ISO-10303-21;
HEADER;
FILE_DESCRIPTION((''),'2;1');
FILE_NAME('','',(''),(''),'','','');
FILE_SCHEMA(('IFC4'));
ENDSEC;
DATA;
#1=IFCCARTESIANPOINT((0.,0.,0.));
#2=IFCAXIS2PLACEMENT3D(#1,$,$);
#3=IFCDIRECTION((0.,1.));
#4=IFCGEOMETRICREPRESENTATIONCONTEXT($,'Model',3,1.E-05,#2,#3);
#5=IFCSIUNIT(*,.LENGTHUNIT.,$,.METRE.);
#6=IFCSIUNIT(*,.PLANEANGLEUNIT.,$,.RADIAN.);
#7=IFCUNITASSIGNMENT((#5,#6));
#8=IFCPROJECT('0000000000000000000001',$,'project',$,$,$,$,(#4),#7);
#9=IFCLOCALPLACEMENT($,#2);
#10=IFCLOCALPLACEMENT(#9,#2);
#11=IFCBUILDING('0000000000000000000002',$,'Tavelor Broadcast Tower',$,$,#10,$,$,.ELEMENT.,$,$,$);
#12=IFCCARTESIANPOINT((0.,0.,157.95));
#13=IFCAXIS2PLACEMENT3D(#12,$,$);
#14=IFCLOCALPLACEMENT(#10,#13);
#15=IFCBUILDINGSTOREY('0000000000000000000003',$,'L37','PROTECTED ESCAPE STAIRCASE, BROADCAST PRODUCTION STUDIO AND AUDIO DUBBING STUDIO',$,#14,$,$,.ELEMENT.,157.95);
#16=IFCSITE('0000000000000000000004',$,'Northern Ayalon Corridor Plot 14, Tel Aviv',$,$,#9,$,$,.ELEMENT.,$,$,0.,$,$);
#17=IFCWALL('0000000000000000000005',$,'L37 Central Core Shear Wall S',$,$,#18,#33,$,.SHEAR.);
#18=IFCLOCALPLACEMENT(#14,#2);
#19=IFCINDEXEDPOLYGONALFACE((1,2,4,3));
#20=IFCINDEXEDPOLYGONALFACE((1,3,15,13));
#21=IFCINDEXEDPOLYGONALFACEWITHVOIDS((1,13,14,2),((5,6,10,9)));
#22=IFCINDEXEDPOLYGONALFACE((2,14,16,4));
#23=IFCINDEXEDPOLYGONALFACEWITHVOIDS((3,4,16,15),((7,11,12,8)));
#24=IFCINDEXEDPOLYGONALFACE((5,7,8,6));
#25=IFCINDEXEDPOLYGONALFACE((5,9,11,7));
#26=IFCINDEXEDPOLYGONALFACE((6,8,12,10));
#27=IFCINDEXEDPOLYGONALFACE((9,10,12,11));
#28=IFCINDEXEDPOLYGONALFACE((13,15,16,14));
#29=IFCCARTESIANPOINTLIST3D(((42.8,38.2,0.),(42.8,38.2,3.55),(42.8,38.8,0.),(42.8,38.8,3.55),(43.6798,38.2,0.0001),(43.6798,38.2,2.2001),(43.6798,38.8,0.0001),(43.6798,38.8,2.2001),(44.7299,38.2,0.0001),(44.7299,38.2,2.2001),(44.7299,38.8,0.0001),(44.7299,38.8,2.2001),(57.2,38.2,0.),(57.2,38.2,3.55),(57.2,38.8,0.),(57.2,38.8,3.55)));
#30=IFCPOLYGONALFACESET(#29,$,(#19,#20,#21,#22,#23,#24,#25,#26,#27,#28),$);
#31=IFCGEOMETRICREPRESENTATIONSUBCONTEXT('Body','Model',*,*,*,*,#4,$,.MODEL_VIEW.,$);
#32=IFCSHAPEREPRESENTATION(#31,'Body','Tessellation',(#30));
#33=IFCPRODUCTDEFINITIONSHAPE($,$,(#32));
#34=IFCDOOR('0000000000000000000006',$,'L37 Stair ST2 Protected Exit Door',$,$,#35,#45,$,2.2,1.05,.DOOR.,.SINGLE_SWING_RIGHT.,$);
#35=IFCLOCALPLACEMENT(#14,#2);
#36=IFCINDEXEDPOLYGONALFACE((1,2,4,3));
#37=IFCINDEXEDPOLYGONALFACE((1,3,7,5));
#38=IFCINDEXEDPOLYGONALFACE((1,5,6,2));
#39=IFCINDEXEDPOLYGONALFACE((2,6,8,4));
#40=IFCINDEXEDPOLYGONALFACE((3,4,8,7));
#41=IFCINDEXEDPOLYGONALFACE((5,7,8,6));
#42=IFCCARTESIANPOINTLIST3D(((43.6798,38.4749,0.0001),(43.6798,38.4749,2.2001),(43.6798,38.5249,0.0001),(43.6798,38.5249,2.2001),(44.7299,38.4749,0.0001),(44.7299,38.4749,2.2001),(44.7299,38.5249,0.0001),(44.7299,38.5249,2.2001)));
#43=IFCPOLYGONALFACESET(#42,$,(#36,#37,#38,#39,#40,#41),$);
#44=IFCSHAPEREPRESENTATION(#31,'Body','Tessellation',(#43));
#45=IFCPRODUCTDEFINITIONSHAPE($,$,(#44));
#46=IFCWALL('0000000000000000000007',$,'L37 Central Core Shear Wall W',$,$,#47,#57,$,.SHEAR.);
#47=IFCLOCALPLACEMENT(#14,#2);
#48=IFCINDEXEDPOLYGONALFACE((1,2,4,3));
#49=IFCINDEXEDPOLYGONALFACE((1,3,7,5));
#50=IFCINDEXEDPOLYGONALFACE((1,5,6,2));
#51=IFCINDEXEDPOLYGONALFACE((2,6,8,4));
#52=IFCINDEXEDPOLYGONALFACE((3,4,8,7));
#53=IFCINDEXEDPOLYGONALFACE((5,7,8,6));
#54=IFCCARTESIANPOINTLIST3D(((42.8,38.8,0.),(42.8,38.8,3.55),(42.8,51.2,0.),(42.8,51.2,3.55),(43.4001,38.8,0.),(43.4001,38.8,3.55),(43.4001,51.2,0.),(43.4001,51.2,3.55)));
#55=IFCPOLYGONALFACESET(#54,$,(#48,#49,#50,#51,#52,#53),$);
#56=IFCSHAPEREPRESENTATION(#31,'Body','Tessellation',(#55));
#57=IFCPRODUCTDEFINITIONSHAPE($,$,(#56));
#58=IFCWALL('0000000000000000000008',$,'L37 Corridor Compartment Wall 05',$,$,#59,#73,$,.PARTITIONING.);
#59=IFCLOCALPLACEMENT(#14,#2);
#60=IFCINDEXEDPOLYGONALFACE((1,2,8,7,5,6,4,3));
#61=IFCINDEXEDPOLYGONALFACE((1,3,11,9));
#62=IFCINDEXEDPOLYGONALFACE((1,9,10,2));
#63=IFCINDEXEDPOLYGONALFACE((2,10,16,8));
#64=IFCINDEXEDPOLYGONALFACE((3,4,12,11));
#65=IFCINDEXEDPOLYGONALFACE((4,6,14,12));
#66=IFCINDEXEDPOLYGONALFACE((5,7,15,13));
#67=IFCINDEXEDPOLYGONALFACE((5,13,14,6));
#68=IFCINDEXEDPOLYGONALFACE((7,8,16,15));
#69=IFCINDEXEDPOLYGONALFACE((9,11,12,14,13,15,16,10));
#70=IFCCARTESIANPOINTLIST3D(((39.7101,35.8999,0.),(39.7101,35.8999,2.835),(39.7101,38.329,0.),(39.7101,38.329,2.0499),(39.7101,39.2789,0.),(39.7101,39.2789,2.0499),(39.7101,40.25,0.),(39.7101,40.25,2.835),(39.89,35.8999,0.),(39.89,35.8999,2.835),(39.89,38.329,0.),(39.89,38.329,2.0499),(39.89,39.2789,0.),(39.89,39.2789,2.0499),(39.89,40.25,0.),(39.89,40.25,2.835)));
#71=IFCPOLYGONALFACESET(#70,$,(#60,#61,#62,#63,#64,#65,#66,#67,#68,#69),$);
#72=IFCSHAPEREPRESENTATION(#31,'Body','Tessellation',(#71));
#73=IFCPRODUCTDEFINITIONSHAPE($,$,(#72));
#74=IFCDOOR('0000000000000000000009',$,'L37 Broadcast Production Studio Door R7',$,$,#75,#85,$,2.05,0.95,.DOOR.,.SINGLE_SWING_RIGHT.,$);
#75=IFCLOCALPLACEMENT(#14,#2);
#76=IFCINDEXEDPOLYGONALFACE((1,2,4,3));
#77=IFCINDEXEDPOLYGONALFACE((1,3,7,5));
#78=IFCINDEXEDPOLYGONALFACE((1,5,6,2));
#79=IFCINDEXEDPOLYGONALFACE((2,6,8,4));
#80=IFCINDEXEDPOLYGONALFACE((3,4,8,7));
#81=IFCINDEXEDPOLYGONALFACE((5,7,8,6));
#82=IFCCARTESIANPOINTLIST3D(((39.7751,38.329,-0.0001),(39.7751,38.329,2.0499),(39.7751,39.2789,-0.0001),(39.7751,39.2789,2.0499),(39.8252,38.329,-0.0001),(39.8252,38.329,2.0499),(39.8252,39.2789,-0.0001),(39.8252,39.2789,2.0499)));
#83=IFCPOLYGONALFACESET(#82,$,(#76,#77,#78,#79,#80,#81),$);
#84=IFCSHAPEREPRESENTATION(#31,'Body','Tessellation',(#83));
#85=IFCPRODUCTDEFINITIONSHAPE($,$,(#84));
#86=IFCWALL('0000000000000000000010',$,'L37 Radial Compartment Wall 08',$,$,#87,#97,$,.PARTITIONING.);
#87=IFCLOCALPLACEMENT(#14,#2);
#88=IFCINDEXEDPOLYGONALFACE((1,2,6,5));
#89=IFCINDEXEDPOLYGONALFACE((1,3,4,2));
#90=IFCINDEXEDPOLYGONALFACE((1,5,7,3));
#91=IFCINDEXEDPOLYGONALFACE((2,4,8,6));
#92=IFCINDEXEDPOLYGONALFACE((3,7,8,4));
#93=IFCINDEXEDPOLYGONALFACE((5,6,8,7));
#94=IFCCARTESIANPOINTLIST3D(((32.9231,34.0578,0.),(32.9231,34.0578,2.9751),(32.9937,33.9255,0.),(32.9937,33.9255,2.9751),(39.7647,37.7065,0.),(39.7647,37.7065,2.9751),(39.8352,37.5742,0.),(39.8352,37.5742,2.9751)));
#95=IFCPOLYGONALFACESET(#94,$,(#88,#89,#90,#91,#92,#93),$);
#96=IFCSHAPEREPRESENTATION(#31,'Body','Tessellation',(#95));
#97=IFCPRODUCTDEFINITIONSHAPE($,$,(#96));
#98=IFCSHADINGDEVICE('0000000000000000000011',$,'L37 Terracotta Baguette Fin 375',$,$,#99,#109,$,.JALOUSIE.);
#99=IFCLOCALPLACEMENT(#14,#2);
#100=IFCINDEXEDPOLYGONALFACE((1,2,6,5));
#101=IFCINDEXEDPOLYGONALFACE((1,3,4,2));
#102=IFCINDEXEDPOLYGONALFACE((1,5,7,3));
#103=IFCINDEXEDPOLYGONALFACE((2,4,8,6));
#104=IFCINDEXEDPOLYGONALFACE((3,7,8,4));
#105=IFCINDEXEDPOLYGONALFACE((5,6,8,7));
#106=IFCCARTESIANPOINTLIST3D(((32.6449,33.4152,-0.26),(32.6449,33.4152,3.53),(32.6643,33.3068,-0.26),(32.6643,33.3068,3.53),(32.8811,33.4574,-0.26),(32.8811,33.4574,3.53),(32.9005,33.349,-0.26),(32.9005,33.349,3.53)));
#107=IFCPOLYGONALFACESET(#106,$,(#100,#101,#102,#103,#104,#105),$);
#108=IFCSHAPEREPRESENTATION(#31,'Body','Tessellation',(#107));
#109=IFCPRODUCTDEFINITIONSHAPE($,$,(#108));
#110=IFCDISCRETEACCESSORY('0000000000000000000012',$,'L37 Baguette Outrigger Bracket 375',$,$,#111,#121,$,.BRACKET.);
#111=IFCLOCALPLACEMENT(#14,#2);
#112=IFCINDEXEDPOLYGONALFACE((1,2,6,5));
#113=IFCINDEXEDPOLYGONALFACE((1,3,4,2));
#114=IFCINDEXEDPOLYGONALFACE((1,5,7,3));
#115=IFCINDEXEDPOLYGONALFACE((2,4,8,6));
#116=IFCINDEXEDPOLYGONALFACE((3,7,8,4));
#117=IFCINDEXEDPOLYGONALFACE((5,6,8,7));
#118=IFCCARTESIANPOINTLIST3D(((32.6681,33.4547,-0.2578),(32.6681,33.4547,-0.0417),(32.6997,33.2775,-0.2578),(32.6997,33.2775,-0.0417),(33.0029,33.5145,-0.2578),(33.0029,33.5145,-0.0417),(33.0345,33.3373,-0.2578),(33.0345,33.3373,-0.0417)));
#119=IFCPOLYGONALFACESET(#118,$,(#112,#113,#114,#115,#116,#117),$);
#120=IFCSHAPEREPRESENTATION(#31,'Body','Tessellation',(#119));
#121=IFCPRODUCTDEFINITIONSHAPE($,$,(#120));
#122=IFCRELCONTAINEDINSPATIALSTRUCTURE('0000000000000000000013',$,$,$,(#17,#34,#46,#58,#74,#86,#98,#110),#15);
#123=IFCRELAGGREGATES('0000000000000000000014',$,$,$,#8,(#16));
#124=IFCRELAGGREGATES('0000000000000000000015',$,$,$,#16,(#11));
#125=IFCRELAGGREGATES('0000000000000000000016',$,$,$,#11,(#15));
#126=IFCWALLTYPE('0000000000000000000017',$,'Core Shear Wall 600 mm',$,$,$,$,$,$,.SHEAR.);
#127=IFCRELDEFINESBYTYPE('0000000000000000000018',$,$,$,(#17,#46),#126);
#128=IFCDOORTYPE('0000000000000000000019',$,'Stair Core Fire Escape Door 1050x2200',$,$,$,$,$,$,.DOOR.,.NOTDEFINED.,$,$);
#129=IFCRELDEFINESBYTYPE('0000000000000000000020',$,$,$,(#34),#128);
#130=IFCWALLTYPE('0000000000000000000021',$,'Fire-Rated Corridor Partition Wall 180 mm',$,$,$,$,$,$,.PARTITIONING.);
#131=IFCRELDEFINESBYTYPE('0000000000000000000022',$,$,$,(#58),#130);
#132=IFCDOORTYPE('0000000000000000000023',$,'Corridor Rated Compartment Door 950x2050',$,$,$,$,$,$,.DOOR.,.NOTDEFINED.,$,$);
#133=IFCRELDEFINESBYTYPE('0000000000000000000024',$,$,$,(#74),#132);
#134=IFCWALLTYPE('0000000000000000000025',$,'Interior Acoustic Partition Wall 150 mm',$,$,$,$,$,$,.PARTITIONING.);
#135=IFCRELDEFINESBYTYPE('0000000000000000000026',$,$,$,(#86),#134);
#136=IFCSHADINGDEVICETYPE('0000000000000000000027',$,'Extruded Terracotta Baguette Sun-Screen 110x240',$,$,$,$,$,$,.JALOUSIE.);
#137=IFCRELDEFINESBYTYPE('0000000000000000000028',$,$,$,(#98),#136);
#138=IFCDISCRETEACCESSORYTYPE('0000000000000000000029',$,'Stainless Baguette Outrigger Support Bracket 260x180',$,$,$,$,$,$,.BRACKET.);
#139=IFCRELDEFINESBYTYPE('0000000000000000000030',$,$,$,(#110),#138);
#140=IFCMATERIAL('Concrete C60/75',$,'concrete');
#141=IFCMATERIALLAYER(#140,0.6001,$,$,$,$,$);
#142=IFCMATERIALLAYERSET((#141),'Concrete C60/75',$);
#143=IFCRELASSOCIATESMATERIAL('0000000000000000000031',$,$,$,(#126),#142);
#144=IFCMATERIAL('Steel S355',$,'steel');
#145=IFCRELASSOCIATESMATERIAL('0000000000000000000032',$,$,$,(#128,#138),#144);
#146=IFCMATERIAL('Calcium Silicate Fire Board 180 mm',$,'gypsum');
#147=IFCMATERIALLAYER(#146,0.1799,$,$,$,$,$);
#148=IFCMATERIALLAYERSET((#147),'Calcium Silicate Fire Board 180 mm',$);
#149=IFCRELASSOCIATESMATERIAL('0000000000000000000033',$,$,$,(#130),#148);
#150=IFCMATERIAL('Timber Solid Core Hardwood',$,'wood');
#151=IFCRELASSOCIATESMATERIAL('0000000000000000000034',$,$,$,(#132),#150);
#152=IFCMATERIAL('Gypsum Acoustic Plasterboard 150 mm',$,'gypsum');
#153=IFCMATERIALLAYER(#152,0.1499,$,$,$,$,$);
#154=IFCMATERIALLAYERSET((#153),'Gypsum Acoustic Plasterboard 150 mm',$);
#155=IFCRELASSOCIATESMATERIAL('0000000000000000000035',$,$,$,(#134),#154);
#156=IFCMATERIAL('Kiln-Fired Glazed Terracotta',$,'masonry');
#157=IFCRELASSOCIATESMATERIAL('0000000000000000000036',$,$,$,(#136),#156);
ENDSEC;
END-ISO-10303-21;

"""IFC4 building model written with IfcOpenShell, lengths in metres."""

from ifc_helpers import new_model, si_unit, direction, frame, frame_2d, origin, origin_2d, place, context, subcontext, project, spatial, rectangle, extrude, source, transform, mapped, material, layer, layer_set, type_object, type_shapes, element, fill, save


model = new_model("IFC4")

# Units and contexts
model_context = context("Model", 3, precision=1e-05, world=origin(), true_north=direction((0.0, 1.0)))
body_context = subcontext(model_context, "Body", "Model", "MODEL_VIEW")
ifc_project = project(units=[si_unit("LENGTHUNIT", "METRE"), si_unit("PLANEANGLEUNIT", "RADIAN")], contexts=[model_context])

# Site, building, storey
site_placement = place(None, origin())
site = spatial("IfcSite", under=ifc_project, at=site_placement, Name="Northern Ayalon Corridor Plot 14, Tel Aviv", CompositionType="ELEMENT", RefElevation=0.0)
building_placement = place(site_placement, origin())
building = spatial("IfcBuilding", under=site, at=building_placement, Name="Tavelor Broadcast Tower", CompositionType="ELEMENT")
storey_placement = place(building_placement, frame((0.0, 0.0, 157.95)))
storey = spatial("IfcBuildingStorey", under=building, at=storey_placement, Name="L37", Description="PROTECTED ESCAPE STAIRCASE, BROADCAST PRODUCTION STUDIO AND AUDIO DUBBING STUDIO", CompositionType="ELEMENT", Elevation=157.95)

# Shared definitions
ifc_material_1 = material(Name="Steel S355", Category="steel")

# Wall, opening, door
ifc_material_2 = material(Name="Concrete C60/75", Category="concrete")
ifc_layer_1 = layer(ifc_material_2, 0.6001)
ifc_layer_set_1 = layer_set([ifc_layer_1], Name="Concrete C60/75")
wall_type_1 = type_object("IfcWallType", Name="Core Shear Wall 600 mm", PredefinedType="SHEAR", material=ifc_layer_set_1)
wall_1_placement = place(storey_placement, frame((42.8, 38.5, 0.0), z_axis=(0.0, 0.0, 1.0), x_axis=(1.0, 0.0, 0.0)))
wall_1 = element("IfcWall", 1, at=wall_1_placement, inside=storey, type_object=wall_type_1, Name="L37 Central Core Shear Wall S", PredefinedType="SHEAR", context=body_context, shape_type="SweptSolid", body=[
    extrude(rectangle(XDim=14.3999, YDim=0.6001, at=frame_2d((7.2, 0.0))), origin(), (0.0, 0.0, 1.0), 3.55),
])
opening_1_placement = place(wall_1_placement, frame((0.8799, 0.0, 0.0)))
opening_1 = element("IfcOpeningElement", 2, at=opening_1_placement, cuts=wall_1, PredefinedType="OPENING", context=body_context, shape_type="SweptSolid", body=[
    extrude(rectangle(XDim=1.05, YDim=2.2, at=frame_2d((0.5249, 1.1001))), frame((0.0, 0.3101, 0.0), z_axis=(0.0, -1.0, 0.0), x_axis=(1.0, 0.0, 0.0)), (0.0, 0.0, 1.0), 0.6201),
])
door_type_1 = type_object("IfcDoorType", Name="Stair Core Fire Escape Door 1050x2200", OperationType="NOTDEFINED", PredefinedType="DOOR", material=ifc_material_1)
door_1_placement = place(opening_1_placement, origin())
door_1 = element("IfcDoor", 3, at=door_1_placement, inside=storey, type_object=door_type_1, Name="L37 Stair ST2 Protected Exit Door", OperationType="SINGLE_SWING_RIGHT", OverallHeight=2.2, OverallWidth=1.05, PredefinedType="DOOR", context=body_context, shape_type="SweptSolid", body=[
    extrude(rectangle(XDim=1.05, YDim=2.2, at=frame_2d((0.5249, 1.1001))), frame((0.0, 0.0249, 0.0), z_axis=(0.0, -1.0, 0.0), x_axis=(1.0, 0.0, 0.0)), (0.0, 0.0, 1.0), 0.05),
])
fill(opening_1, door_1)

# Wall
wall_2_placement = place(storey_placement, frame((43.1001, 38.8, 0.0), z_axis=(0.0, 0.0, 1.0), x_axis=(0.0, 1.0, 0.0)))
element("IfcWall", 4, at=wall_2_placement, inside=storey, type_object=wall_type_1, Name="L37 Central Core Shear Wall W", PredefinedType="SHEAR", context=body_context, shape_type="SweptSolid", body=[
    extrude(rectangle(XDim=12.3999, YDim=0.6001, at=frame_2d((6.2, 0.0))), origin(), (0.0, 0.0, 1.0), 3.55),
])

# Wall, opening, door
ifc_material_3 = material(Name="Calcium Silicate Fire Board 180 mm", Category="gypsum")
ifc_layer_2 = layer(ifc_material_3, 0.1799)
ifc_layer_set_2 = layer_set([ifc_layer_2], Name="Calcium Silicate Fire Board 180 mm")
wall_type_2 = type_object("IfcWallType", Name="Fire-Rated Corridor Partition Wall 180 mm", PredefinedType="PARTITIONING", material=ifc_layer_set_2)
wall_3_placement = place(storey_placement, frame((39.8, 35.8999, 0.0), z_axis=(0.0, 0.0, 1.0), x_axis=(0.0, 1.0, 0.0)))
wall_3 = element("IfcWall", 5, at=wall_3_placement, inside=storey, type_object=wall_type_2, Name="L37 Corridor Compartment Wall 05", PredefinedType="PARTITIONING", context=body_context, shape_type="SweptSolid", body=[
    extrude(rectangle(XDim=4.3501, YDim=0.1799, at=frame_2d((2.175, 0.0))), origin(), (0.0, 0.0, 1.0), 2.835),
])
opening_2_placement = place(wall_3_placement, frame((2.429, 0.0, 0.0)))
opening_2 = element("IfcOpeningElement", 6, at=opening_2_placement, cuts=wall_3, PredefinedType="OPENING", context=body_context, shape_type="SweptSolid", body=[
    extrude(rectangle(XDim=0.95, YDim=2.05, at=frame_2d((0.4751, 1.0249))), frame((0.0, 0.1001, 0.0), z_axis=(0.0, -1.0, 0.0), x_axis=(1.0, 0.0, 0.0)), (0.0, 0.0, 1.0), 0.2),
])
ifc_material_4 = material(Name="Timber Solid Core Hardwood", Category="wood")
door_type_2 = type_object("IfcDoorType", Name="Corridor Rated Compartment Door 950x2050", OperationType="NOTDEFINED", PredefinedType="DOOR", material=ifc_material_4)
door_2_placement = place(opening_2_placement, origin())
door_2 = element("IfcDoor", 7, at=door_2_placement, inside=storey, type_object=door_type_2, Name="L37 Broadcast Production Studio Door R7", OperationType="SINGLE_SWING_RIGHT", OverallHeight=2.05, OverallWidth=0.95, PredefinedType="DOOR", context=body_context, shape_type="SweptSolid", body=[
    extrude(rectangle(XDim=0.95, YDim=2.05, at=frame_2d((0.4751, 1.0249))), frame((0.0, 0.0249, 0.0), z_axis=(0.0, -1.0, 0.0), x_axis=(1.0, 0.0, 0.0)), (0.0, 0.0, 1.0), 0.05),
])
fill(opening_2, door_2)

# Wall
ifc_material_5 = material(Name="Gypsum Acoustic Plasterboard 150 mm", Category="gypsum")
ifc_layer_3 = layer(ifc_material_5, 0.1499)
ifc_layer_set_3 = layer_set([ifc_layer_3], Name="Gypsum Acoustic Plasterboard 150 mm")
wall_type_3 = type_object("IfcWallType", Name="Interior Acoustic Partition Wall 150 mm", PredefinedType="PARTITIONING", material=ifc_layer_set_3)
wall_4_placement = place(storey_placement, frame((39.8, 37.6404, 0.0), z_axis=(0.0, 0.0, 1.0), x_axis=(-0.882361, -0.470574, 0.0)))
element("IfcWall", 8, at=wall_4_placement, inside=storey, type_object=wall_type_3, Name="L37 Radial Compartment Wall 08", PredefinedType="PARTITIONING", context=body_context, shape_type="SweptSolid", body=[
    extrude(rectangle(XDim=7.7537, YDim=0.1499, at=frame_2d((3.877, 0.0))), origin(), (0.0, 0.0, 1.0), 2.9751),
])

# Shading device
ifc_material_6 = material(Name="Kiln-Fired Glazed Terracotta", Category="masonry")
shading_device_type = type_object("IfcShadingDeviceType", Name="Extruded Terracotta Baguette Sun-Screen 110x240", PredefinedType="JALOUSIE", material=ifc_material_6)
shared_shape_1 = source(origin(), body_context, "Body", "SweptSolid", [
    extrude(rectangle(XDim=0.1101, YDim=0.24, at=origin_2d()), origin(), (0.0, 0.0, 1.0), 3.79),
])
type_shapes(shading_device_type, [shared_shape_1])
shading_device_placement = place(storey_placement, frame((32.7727, 33.3821, -0.26), z_axis=(0.0, 0.0, 1.0), x_axis=(0.175882, -0.984411, 0.0)))
element("IfcShadingDevice", 9, at=shading_device_placement, inside=storey, type_object=shading_device_type, Name="L37 Terracotta Baguette Fin 375", PredefinedType="JALOUSIE", context=body_context, shape_type="MappedRepresentation", body=[
    mapped(shared_shape_1, transform((0.0, 0.0, 0.0), scale=1.0)),
])

# Discrete accessory
discrete_accessory_type = type_object("IfcDiscreteAccessoryType", Name="Stainless Baguette Outrigger Support Bracket 260x180", PredefinedType="BRACKET", material=ifc_material_1)
shared_shape_2 = source(origin(), body_context, "Body", "SweptSolid", [
    extrude(rectangle(XDim=0.1799, YDim=0.3401, at=origin_2d()), origin(), (0.0, 0.0, 1.0), 0.2161),
])
type_shapes(discrete_accessory_type, [shared_shape_2])
discrete_accessory_placement = place(storey_placement, frame((32.8513, 33.396, -0.2578), z_axis=(0.0, 0.0, 1.0), x_axis=(0.175882, -0.984411, 0.0)))
element("IfcDiscreteAccessory", 10, at=discrete_accessory_placement, inside=storey, type_object=discrete_accessory_type, Name="L37 Baguette Outrigger Bracket 375", PredefinedType="BRACKET", context=body_context, shape_type="MappedRepresentation", body=[
    mapped(shared_shape_2, transform((0.0, 0.0, 0.0), scale=1.0)),
])

save(model, "model.ifc")
